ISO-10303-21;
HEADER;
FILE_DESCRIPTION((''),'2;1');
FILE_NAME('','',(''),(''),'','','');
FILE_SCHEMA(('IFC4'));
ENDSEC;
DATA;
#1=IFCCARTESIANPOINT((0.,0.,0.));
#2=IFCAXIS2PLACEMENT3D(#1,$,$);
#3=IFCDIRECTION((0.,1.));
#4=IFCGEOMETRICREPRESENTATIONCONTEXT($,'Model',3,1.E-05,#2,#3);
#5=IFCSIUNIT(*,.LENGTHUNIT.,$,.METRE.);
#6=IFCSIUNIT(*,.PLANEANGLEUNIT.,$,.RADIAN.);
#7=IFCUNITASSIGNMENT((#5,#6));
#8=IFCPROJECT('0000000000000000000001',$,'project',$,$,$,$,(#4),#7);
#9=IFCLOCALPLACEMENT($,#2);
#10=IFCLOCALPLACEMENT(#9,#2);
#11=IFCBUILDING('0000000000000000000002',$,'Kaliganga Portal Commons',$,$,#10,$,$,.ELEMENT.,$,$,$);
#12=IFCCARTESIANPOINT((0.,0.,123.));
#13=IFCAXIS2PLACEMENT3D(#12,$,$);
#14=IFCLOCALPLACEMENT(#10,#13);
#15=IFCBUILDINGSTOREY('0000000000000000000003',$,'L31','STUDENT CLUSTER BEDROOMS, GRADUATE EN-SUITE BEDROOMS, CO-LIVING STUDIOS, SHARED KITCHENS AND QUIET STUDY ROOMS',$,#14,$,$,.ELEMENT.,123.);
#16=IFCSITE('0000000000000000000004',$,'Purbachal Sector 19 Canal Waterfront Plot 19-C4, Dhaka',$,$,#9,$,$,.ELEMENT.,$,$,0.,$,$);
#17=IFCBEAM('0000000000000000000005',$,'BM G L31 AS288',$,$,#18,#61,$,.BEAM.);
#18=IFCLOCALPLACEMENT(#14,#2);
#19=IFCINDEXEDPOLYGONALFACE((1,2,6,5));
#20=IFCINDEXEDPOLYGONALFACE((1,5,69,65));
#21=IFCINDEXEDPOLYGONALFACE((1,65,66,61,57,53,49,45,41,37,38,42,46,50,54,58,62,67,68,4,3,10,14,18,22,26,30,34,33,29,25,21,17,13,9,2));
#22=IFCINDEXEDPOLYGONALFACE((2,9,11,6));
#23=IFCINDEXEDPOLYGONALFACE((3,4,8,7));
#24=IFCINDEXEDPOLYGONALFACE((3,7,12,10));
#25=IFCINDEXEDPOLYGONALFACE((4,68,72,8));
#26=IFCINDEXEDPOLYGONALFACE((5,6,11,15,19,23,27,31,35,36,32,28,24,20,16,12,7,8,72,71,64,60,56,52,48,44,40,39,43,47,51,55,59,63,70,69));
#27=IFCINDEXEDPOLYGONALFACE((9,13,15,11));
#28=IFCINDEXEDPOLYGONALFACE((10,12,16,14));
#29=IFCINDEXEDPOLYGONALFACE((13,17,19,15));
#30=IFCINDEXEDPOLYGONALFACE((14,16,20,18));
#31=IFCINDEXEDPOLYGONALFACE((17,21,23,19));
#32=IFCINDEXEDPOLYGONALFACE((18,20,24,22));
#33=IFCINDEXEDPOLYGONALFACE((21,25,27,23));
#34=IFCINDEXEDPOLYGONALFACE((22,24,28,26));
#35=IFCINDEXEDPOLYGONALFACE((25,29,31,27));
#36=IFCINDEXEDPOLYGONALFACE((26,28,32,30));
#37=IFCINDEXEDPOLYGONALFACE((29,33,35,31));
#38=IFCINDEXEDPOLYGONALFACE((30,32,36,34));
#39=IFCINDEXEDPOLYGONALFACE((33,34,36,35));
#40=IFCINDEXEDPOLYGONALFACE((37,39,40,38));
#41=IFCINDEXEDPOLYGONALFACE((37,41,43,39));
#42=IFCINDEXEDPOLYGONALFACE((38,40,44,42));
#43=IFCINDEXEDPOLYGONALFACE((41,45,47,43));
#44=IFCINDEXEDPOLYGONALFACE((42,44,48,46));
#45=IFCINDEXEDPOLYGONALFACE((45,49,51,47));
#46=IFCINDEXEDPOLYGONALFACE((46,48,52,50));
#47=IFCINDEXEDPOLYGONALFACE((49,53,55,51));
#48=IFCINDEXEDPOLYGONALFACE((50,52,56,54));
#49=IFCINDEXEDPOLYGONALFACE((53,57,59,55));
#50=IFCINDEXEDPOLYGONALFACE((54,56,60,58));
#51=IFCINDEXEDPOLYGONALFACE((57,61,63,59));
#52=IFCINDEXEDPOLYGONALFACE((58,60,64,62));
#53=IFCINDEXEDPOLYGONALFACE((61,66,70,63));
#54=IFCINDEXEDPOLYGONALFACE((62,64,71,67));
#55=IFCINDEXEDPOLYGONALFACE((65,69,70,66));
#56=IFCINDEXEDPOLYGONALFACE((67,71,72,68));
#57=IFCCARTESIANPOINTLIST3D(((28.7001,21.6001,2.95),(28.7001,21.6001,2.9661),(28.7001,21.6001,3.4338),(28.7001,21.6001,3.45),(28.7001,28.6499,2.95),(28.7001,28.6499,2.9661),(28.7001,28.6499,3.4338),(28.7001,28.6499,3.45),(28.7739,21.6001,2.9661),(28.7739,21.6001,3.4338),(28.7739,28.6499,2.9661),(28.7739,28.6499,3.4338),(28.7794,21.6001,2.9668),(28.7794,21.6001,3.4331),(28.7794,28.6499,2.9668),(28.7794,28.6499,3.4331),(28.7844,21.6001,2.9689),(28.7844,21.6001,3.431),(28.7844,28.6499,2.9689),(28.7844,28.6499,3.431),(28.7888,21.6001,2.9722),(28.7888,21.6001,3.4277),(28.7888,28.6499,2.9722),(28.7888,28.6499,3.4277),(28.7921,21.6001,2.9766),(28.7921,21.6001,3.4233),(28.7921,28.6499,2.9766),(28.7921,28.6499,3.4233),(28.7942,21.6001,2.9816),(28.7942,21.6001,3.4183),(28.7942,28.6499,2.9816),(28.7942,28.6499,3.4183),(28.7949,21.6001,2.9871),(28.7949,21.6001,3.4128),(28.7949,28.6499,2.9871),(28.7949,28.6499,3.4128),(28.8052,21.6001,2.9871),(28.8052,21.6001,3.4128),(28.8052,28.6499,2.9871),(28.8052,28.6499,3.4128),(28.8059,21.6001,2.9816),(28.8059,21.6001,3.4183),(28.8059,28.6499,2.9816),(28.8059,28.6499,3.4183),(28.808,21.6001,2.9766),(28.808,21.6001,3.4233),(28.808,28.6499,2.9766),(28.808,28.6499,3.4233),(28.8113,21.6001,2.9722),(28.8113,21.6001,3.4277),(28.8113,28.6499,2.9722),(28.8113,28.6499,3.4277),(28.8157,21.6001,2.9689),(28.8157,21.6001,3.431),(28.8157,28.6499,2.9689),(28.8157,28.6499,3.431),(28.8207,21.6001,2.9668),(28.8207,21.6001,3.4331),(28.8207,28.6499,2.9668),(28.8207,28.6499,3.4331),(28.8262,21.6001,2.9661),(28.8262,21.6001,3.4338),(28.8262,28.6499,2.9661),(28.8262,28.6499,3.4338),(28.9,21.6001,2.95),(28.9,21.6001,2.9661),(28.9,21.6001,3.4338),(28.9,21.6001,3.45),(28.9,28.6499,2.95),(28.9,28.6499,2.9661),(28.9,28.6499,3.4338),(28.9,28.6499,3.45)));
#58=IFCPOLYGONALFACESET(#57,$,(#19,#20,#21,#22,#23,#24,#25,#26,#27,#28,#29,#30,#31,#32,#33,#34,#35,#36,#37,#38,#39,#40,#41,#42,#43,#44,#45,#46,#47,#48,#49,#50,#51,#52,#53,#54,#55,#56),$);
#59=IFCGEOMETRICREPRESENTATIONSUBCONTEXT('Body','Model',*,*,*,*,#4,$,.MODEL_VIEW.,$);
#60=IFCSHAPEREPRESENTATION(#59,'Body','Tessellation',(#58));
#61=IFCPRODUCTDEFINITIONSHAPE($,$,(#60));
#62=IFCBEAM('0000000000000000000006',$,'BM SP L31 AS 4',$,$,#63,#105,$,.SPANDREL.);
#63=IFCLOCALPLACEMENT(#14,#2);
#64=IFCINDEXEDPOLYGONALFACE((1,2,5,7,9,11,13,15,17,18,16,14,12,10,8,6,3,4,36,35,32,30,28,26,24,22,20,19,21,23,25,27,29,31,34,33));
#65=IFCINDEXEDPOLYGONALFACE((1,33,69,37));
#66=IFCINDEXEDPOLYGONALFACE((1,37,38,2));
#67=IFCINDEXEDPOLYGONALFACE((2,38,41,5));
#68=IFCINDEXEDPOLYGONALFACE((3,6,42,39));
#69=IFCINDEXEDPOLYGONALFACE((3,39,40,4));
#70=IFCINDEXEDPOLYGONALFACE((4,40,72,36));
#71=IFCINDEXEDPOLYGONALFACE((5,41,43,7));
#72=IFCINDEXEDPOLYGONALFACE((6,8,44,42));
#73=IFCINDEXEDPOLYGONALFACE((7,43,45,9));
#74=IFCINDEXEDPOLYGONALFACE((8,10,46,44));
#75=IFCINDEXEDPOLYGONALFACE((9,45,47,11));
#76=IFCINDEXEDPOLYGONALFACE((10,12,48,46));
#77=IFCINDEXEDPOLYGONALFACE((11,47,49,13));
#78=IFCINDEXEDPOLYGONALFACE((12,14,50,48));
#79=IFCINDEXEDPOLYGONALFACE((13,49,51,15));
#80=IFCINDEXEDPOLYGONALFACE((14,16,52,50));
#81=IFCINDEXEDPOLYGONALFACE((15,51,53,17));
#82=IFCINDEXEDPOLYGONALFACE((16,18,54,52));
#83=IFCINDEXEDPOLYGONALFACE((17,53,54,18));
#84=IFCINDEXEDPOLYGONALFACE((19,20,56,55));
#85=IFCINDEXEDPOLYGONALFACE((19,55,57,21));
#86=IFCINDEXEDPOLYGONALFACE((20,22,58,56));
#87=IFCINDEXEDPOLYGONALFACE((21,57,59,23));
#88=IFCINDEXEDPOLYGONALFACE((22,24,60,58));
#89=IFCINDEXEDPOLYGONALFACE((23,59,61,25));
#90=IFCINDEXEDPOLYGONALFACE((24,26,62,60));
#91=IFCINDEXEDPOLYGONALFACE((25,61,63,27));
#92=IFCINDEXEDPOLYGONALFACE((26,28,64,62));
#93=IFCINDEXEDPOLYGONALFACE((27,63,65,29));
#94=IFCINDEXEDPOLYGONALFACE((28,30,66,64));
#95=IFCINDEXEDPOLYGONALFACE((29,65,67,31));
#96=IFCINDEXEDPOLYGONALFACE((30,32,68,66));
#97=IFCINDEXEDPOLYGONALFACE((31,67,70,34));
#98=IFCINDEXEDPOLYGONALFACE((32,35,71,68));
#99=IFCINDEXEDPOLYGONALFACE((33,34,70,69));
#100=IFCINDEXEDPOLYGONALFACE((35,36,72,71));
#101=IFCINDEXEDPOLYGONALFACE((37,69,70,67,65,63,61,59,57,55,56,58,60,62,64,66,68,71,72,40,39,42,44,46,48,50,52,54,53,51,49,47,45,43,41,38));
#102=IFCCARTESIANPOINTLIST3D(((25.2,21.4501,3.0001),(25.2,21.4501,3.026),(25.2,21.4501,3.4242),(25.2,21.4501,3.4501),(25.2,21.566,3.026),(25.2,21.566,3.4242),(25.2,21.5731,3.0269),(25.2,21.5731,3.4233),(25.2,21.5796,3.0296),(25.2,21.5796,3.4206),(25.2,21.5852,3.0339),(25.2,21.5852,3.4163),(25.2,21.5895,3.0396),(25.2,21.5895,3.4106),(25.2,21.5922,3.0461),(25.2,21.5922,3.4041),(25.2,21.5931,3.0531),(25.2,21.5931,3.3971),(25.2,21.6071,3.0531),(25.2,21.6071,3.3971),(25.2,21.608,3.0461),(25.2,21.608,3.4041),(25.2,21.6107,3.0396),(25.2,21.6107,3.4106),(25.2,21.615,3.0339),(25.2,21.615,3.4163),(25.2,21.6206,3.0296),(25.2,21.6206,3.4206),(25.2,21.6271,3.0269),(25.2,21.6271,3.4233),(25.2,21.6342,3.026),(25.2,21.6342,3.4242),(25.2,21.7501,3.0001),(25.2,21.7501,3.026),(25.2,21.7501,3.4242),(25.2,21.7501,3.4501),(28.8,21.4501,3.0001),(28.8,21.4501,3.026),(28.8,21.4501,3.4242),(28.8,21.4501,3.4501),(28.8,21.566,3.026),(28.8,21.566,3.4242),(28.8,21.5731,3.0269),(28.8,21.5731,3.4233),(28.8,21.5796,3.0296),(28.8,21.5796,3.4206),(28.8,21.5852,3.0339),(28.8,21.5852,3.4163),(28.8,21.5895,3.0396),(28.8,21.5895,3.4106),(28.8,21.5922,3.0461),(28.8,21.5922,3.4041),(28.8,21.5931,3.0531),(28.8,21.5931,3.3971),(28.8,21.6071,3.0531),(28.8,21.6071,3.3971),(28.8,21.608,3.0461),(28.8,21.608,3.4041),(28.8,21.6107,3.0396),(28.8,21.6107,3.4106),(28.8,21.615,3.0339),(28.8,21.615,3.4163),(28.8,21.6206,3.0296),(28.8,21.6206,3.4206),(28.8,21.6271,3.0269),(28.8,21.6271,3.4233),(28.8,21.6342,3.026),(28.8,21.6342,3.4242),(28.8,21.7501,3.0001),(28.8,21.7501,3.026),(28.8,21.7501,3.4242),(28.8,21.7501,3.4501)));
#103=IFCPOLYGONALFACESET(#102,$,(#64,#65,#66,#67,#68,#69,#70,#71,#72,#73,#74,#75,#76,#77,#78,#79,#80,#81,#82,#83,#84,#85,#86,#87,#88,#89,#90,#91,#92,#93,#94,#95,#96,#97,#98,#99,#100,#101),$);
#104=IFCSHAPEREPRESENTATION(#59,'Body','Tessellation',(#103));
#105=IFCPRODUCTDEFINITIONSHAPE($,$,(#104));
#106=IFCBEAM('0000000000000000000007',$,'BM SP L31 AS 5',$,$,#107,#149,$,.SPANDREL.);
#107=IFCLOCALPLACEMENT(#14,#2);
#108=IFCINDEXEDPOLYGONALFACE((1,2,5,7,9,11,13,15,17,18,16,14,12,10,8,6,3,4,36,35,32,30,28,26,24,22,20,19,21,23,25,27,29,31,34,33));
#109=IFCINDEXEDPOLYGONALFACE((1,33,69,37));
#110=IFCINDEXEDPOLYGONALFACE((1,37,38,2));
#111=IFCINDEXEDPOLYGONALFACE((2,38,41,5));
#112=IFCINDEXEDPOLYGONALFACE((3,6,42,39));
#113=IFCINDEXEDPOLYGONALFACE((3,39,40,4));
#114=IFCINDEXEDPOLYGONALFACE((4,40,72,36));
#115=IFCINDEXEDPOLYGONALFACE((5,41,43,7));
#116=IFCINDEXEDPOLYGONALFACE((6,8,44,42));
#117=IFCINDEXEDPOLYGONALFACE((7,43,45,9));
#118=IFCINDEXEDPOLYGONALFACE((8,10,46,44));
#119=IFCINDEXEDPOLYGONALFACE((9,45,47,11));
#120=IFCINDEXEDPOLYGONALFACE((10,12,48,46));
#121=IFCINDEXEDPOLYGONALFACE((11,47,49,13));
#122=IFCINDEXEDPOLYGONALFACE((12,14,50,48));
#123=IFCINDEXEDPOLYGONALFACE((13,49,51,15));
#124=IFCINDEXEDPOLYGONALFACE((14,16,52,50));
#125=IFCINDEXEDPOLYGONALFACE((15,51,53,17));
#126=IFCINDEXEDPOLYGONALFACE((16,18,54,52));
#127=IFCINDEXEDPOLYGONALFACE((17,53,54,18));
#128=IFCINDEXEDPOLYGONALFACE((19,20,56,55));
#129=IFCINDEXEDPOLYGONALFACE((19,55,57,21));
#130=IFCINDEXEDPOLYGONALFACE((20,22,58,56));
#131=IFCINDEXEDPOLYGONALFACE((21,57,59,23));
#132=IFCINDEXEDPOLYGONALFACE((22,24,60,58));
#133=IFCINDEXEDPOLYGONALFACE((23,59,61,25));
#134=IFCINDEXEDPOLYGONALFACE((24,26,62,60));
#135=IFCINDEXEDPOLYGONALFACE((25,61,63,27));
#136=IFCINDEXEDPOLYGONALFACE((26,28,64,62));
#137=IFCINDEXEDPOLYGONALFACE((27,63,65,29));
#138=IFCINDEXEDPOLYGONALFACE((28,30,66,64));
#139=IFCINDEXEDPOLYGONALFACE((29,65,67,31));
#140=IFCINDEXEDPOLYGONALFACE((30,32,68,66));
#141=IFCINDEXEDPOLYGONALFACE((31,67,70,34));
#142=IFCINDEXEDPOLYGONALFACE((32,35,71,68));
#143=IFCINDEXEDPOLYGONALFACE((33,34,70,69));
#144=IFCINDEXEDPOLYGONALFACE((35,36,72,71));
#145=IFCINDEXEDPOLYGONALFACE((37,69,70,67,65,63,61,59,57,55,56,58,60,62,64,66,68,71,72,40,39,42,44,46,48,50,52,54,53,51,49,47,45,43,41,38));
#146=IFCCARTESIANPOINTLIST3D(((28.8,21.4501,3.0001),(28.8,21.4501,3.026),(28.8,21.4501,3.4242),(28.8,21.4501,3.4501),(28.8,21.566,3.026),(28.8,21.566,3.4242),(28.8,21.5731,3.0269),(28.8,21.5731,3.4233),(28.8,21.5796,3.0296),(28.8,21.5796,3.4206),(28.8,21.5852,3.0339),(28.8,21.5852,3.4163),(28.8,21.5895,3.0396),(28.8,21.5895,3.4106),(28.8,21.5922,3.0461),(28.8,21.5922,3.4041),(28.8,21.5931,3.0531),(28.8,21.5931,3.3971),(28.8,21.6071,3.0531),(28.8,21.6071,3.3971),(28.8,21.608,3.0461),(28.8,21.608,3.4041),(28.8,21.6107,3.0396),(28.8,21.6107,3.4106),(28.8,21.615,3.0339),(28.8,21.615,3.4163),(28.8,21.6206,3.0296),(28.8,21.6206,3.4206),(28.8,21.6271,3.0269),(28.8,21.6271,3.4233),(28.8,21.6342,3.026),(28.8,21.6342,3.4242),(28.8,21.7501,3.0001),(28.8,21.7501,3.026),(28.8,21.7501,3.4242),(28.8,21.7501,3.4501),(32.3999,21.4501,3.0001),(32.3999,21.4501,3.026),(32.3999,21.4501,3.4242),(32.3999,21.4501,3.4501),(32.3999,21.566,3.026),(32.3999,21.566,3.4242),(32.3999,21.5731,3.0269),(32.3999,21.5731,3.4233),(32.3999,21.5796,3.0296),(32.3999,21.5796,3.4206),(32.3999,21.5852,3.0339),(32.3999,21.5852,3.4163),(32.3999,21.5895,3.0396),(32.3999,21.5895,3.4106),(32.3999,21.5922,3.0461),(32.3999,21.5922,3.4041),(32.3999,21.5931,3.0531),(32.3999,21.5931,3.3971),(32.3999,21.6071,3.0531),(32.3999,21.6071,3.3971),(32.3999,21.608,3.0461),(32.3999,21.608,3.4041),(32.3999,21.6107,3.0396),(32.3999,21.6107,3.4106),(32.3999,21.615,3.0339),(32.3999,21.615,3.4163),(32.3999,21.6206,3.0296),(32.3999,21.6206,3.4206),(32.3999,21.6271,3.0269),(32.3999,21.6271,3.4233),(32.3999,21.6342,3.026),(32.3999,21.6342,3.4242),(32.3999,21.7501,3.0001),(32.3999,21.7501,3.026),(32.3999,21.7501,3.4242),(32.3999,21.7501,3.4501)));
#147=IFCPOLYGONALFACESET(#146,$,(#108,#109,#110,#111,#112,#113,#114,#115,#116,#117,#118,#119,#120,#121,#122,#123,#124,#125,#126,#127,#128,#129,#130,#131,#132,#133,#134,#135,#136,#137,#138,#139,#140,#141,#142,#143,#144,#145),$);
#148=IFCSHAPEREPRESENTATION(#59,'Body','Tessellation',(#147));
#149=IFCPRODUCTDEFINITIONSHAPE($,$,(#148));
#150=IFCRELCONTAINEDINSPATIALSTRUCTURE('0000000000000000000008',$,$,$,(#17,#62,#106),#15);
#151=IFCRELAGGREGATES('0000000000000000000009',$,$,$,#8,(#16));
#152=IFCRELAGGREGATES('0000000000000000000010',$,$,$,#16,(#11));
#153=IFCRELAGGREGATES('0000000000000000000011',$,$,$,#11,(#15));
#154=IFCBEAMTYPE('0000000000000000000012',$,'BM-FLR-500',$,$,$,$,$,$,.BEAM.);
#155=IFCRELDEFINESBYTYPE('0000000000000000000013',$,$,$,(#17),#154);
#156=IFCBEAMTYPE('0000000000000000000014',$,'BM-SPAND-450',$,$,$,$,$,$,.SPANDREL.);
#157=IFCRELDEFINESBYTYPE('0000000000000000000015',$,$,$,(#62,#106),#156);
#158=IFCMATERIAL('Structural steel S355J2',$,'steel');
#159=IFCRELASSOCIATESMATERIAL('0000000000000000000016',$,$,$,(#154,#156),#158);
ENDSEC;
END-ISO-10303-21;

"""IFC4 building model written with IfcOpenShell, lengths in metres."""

from ifc_helpers import new_model, si_unit, direction, frame, origin, origin_2d, place, context, subcontext, project, spatial, i_section, extrude, source, transform, mapped, material, material_profile, profile_set, type_object, element, save


model = new_model("IFC4")

# Units and contexts
model_context = context("Model", 3, precision=1e-05, world=origin(), true_north=direction((0.0, 1.0)))
body_context = subcontext(model_context, "Body", "Model", "MODEL_VIEW")
ifc_project = project(units=[si_unit("LENGTHUNIT", "METRE"), si_unit("PLANEANGLEUNIT", "RADIAN")], contexts=[model_context])

# Site, building, storey
site_placement = place(None, origin())
site = spatial("IfcSite", under=ifc_project, at=site_placement, Name="Purbachal Sector 19 Canal Waterfront Plot 19-C4, Dhaka", CompositionType="ELEMENT", RefElevation=0.0)
building_placement = place(site_placement, origin())
building = spatial("IfcBuilding", under=site, at=building_placement, Name="Kaliganga Portal Commons", CompositionType="ELEMENT")
storey_placement = place(building_placement, frame((0.0, 0.0, 123.0)))
storey = spatial("IfcBuildingStorey", under=building, at=storey_placement, Name="L31", Description="STUDENT CLUSTER BEDROOMS, GRADUATE EN-SUITE BEDROOMS, CO-LIVING STUDIOS, SHARED KITCHENS AND QUIET STUDY ROOMS", CompositionType="ELEMENT", Elevation=123.0)

# Beams
ifc_material_1 = material(Name="Structural steel S355J2", Category="steel")
ifc_material_profile_1 = material_profile(ifc_material_1, i_section(OverallWidth=0.2, OverallDepth=0.5, WebThickness=0.0103, FlangeThickness=0.0161, FilletRadius=0.021, at=origin_2d()), Name="IPE 500")
ifc_profile_set_1 = profile_set([ifc_material_profile_1], Name="Structural steel S355J2 wide-flange")
beam_type_1 = type_object("IfcBeamType", Name="BM-FLR-500", PredefinedType="BEAM", material=ifc_profile_set_1)
shared_shape_1 = source(origin(), body_context, "Body", "SweptSolid", [
    extrude(i_section(OverallWidth=0.2, OverallDepth=0.5, WebThickness=0.0103, FlangeThickness=0.0161, FilletRadius=0.021, at=origin_2d()), origin(), (0.0, 0.0, 1.0), 7.0498),
])
beam_1_placement = place(storey_placement, frame((28.8, 21.6001, 3.2), z_axis=(0.0, 1.0, 0.0), x_axis=(-1.0, 0.0, 0.0)))
element("IfcBeam", 1, at=beam_1_placement, inside=storey, type_object=beam_type_1, Name="BM G L31 AS288", PredefinedType="BEAM", context=body_context, shape_type="MappedRepresentation", body=[
    mapped(shared_shape_1, transform((0.0, 0.0, 0.0), x_axis=(1.0, 0.0, 0.0), y_axis=(0.0, 1.0, 0.0), z_axis=(0.0, 0.0, 1.0), scale=1.0)),
])
ifc_material_profile_2 = material_profile(ifc_material_1, i_section(OverallWidth=0.3, OverallDepth=0.45, WebThickness=0.0139, FlangeThickness=0.0259, FilletRadius=0.0271, at=origin_2d()), Name="HE 450 B")
ifc_profile_set_2 = profile_set([ifc_material_profile_2], Name="Structural steel S355J2 wide-flange")
beam_type_2 = type_object("IfcBeamType", Name="BM-SPAND-450", PredefinedType="SPANDREL", material=ifc_profile_set_2)
shared_shape_2 = source(origin(), body_context, "Body", "SweptSolid", [
    extrude(i_section(OverallWidth=0.3, OverallDepth=0.45, WebThickness=0.0139, FlangeThickness=0.0259, FilletRadius=0.0271, at=origin_2d()), origin(), (0.0, 0.0, 1.0), 3.6001),
])
beam_2_placement = place(storey_placement, frame((25.2, 21.6001, 3.2251), z_axis=(1.0, 0.0, 0.0), x_axis=(0.0, 1.0, 0.0)))
element("IfcBeam", 2, at=beam_2_placement, inside=storey, type_object=beam_type_2, Name="BM SP L31 AS 4", PredefinedType="SPANDREL", context=body_context, shape_type="MappedRepresentation", body=[
    mapped(shared_shape_2, transform((0.0, 0.0, 0.0), x_axis=(1.0, 0.0, 0.0), y_axis=(0.0, 1.0, 0.0), z_axis=(0.0, 0.0, 1.0), scale=1.0)),
])
shared_shape_3 = source(origin(), body_context, "Body", "SweptSolid", [
    extrude(i_section(OverallWidth=0.3, OverallDepth=0.45, WebThickness=0.0139, FlangeThickness=0.0259, FilletRadius=0.0271, at=origin_2d()), origin(), (0.0, 0.0, 1.0), 3.5999),
])
beam_3_placement = place(storey_placement, frame((28.8, 21.6001, 3.2251), z_axis=(1.0, 0.0, 0.0), x_axis=(0.0, 1.0, 0.0)))
element("IfcBeam", 3, at=beam_3_placement, inside=storey, type_object=beam_type_2, Name="BM SP L31 AS 5", PredefinedType="SPANDREL", context=body_context, shape_type="MappedRepresentation", body=[
    mapped(shared_shape_3, transform((0.0, 0.0, 0.0), x_axis=(1.0, 0.0, 0.0), y_axis=(0.0, 1.0, 0.0), z_axis=(0.0, 0.0, 1.0), scale=1.0)),
])

save(model, "model.ifc")
